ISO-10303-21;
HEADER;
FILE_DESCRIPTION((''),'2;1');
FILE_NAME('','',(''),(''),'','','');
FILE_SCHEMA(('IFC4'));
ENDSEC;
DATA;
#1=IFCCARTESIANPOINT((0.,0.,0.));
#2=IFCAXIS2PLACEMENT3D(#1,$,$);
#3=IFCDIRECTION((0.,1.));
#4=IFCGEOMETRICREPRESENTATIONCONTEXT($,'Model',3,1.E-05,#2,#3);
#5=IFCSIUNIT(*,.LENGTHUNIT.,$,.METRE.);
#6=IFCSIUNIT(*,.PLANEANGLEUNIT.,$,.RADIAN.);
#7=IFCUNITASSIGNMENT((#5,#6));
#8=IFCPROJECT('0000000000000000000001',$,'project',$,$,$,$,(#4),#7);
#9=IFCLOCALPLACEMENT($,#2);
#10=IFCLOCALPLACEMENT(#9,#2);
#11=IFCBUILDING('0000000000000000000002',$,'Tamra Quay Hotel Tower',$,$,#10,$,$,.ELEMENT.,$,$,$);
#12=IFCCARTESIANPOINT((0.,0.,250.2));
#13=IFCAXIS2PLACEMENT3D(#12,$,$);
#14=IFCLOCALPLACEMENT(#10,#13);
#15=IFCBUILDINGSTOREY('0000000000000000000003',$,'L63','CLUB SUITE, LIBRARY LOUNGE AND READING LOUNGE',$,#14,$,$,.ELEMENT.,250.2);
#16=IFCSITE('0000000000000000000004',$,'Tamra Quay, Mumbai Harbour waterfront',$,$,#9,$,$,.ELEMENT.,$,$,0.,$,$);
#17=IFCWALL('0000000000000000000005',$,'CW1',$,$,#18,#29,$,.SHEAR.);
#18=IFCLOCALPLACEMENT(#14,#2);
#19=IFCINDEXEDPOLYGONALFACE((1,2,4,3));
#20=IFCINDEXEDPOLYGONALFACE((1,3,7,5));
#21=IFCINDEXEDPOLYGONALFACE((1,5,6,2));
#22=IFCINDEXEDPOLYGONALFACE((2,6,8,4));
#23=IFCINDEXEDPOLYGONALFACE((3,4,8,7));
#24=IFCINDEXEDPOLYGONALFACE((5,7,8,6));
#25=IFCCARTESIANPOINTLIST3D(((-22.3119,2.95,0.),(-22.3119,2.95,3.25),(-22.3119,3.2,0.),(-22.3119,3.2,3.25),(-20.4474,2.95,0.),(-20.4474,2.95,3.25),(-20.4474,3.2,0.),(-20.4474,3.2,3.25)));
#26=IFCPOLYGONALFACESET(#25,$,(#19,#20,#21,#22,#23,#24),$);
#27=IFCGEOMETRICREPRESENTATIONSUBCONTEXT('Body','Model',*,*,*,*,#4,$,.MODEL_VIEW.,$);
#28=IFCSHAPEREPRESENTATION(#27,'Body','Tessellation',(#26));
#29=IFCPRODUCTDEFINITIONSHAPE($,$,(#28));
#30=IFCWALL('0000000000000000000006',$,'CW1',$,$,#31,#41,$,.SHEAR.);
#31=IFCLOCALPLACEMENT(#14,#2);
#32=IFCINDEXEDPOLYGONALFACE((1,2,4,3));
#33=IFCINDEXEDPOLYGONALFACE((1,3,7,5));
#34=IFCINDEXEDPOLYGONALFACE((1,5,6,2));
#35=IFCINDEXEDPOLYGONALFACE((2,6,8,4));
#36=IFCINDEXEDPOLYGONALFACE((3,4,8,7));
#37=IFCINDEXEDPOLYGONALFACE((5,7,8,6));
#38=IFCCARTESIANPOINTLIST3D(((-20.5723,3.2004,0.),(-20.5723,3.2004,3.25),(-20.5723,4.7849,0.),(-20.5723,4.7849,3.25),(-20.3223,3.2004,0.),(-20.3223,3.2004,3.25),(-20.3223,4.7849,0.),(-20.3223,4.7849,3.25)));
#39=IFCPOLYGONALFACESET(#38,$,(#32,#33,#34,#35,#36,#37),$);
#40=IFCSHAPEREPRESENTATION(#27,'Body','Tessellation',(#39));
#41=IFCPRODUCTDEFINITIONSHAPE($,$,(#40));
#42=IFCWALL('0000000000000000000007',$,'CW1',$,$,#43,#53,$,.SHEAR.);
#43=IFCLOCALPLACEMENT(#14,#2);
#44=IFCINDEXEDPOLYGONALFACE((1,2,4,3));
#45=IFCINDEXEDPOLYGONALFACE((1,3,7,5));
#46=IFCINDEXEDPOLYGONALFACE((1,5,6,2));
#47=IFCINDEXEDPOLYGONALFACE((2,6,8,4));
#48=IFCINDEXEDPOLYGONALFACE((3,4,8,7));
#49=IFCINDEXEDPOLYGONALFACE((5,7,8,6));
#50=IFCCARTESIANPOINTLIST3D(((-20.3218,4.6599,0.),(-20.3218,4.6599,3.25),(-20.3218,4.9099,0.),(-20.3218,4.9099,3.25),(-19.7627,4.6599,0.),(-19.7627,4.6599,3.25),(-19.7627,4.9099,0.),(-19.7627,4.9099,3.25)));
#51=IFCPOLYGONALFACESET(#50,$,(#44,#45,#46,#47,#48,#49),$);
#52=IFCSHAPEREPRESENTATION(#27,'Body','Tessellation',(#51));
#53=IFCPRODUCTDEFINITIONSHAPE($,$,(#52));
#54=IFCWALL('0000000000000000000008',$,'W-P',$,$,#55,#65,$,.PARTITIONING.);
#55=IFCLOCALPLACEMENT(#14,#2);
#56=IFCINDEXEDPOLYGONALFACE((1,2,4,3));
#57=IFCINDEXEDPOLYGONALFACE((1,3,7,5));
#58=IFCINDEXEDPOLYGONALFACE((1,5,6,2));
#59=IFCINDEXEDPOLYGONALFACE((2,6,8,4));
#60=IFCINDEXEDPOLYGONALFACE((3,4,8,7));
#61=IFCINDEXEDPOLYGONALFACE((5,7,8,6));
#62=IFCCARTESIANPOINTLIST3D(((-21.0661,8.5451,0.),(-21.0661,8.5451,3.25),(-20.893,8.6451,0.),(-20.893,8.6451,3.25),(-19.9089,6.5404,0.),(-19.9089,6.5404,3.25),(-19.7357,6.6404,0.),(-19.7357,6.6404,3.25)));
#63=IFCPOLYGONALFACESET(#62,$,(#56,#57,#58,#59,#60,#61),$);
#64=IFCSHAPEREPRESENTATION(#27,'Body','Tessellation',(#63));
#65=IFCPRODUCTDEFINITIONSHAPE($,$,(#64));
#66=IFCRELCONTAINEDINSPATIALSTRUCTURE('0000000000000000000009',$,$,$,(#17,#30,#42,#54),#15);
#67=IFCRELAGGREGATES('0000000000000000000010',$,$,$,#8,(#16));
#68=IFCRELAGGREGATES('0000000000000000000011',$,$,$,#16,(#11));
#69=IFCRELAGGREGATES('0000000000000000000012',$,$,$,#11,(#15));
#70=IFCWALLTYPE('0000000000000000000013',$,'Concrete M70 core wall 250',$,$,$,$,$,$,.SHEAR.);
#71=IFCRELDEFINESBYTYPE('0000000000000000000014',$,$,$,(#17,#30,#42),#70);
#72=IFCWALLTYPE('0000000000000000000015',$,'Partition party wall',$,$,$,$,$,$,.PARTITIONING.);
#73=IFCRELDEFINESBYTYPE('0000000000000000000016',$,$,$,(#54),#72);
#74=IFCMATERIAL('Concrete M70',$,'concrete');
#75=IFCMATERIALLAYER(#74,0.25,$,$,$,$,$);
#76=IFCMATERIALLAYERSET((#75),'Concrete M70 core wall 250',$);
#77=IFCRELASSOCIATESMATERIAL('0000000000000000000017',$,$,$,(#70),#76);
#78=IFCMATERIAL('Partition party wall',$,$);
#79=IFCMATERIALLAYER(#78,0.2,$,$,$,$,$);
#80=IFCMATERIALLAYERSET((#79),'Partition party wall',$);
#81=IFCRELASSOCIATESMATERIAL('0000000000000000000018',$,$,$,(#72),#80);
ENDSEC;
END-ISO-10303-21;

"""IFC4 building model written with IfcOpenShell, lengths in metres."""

from ifc_helpers import new_model, si_unit, direction, frame, frame_2d, origin, place, context, subcontext, project, spatial, rectangle, extrude, material, layer, layer_set, type_object, element, save


model = new_model("IFC4")

# Units and contexts
model_context = context("Model", 3, precision=1e-05, world=origin(), true_north=direction((0.0, 1.0)))
body_context = subcontext(model_context, "Body", "Model", "MODEL_VIEW")
ifc_project = project(units=[si_unit("LENGTHUNIT", "METRE"), si_unit("PLANEANGLEUNIT", "RADIAN")], contexts=[model_context])

# Site, building, storey
site_placement = place(None, origin())
site = spatial("IfcSite", under=ifc_project, at=site_placement, Name="Tamra Quay, Mumbai Harbour waterfront", CompositionType="ELEMENT", RefElevation=0.0)
building_placement = place(site_placement, origin())
building = spatial("IfcBuilding", under=site, at=building_placement, Name="Tamra Quay Hotel Tower", CompositionType="ELEMENT")
storey_placement = place(building_placement, frame((0.0, 0.0, 250.2)))
storey = spatial("IfcBuildingStorey", under=building, at=storey_placement, Name="L63", Description="CLUB SUITE, LIBRARY LOUNGE AND READING LOUNGE", CompositionType="ELEMENT", Elevation=250.2)

# Shared definitions
ifc_material_1 = material(Name="Concrete M70", Category="concrete")

# Walls
ifc_layer_1 = layer(ifc_material_1, 0.25)
ifc_layer_set_1 = layer_set([ifc_layer_1], Name="Concrete M70 core wall 250")
wall_type_1 = type_object("IfcWallType", Name="Concrete M70 core wall 250", PredefinedType="SHEAR", material=ifc_layer_set_1)
wall_1_placement = place(storey_placement, frame((-22.3118, 3.075, 0.0), z_axis=(0.0, 0.0, 1.0), x_axis=(1.0, 0.0, 0.0)))
element("IfcWall", 1, at=wall_1_placement, inside=storey, type_object=wall_type_1, Name="CW1", PredefinedType="SHEAR", context=body_context, shape_type="SweptSolid", body=[
    extrude(rectangle(XDim=1.8645, YDim=0.25, at=frame_2d((0.9321, 0.0))), origin(), (0.0, 0.0, 1.0), 3.25),
])
wall_2_placement = place(storey_placement, frame((-20.4473, 3.2004, 0.0), z_axis=(0.0, 0.0, 1.0), x_axis=(0.0, 1.0, 0.0)))
element("IfcWall", 2, at=wall_2_placement, inside=storey, type_object=wall_type_1, Name="CW1", PredefinedType="SHEAR", context=body_context, shape_type="SweptSolid", body=[
    extrude(rectangle(XDim=1.5845, YDim=0.25, at=frame_2d((0.7922, 0.0))), origin(), (0.0, 0.0, 1.0), 3.25),
])
wall_3_placement = place(storey_placement, frame((-20.3218, 4.7849, 0.0), z_axis=(0.0, 0.0, 1.0), x_axis=(1.0, 0.0, 0.0)))
element("IfcWall", 3, at=wall_3_placement, inside=storey, type_object=wall_type_1, Name="CW1", PredefinedType="SHEAR", context=body_context, shape_type="SweptSolid", body=[
    extrude(rectangle(XDim=0.5591, YDim=0.25, at=frame_2d((0.2795, 0.0))), origin(), (0.0, 0.0, 1.0), 3.25),
])
ifc_material_2 = material(Name="Partition party wall")
ifc_layer_2 = layer(ifc_material_2, 0.2)
ifc_layer_set_2 = layer_set([ifc_layer_2], Name="Partition party wall")
wall_type_2 = type_object("IfcWallType", Name="Partition party wall", PredefinedType="PARTITIONING", material=ifc_layer_set_2)
wall_4_placement = place(storey_placement, frame((-20.9795, 8.595, 0.0), z_axis=(0.0, 0.0, 1.0), x_axis=(0.499951, -0.866054, 0.0)))
element("IfcWall", 4, at=wall_4_placement, inside=storey, type_object=wall_type_2, Name="W-P", PredefinedType="PARTITIONING", context=body_context, shape_type="SweptSolid", body=[
    extrude(rectangle(XDim=2.3147, YDim=0.2, at=frame_2d((1.1572, 0.0))), origin(), (0.0, 0.0, 1.0), 3.25),
])

save(model, "model.ifc")
